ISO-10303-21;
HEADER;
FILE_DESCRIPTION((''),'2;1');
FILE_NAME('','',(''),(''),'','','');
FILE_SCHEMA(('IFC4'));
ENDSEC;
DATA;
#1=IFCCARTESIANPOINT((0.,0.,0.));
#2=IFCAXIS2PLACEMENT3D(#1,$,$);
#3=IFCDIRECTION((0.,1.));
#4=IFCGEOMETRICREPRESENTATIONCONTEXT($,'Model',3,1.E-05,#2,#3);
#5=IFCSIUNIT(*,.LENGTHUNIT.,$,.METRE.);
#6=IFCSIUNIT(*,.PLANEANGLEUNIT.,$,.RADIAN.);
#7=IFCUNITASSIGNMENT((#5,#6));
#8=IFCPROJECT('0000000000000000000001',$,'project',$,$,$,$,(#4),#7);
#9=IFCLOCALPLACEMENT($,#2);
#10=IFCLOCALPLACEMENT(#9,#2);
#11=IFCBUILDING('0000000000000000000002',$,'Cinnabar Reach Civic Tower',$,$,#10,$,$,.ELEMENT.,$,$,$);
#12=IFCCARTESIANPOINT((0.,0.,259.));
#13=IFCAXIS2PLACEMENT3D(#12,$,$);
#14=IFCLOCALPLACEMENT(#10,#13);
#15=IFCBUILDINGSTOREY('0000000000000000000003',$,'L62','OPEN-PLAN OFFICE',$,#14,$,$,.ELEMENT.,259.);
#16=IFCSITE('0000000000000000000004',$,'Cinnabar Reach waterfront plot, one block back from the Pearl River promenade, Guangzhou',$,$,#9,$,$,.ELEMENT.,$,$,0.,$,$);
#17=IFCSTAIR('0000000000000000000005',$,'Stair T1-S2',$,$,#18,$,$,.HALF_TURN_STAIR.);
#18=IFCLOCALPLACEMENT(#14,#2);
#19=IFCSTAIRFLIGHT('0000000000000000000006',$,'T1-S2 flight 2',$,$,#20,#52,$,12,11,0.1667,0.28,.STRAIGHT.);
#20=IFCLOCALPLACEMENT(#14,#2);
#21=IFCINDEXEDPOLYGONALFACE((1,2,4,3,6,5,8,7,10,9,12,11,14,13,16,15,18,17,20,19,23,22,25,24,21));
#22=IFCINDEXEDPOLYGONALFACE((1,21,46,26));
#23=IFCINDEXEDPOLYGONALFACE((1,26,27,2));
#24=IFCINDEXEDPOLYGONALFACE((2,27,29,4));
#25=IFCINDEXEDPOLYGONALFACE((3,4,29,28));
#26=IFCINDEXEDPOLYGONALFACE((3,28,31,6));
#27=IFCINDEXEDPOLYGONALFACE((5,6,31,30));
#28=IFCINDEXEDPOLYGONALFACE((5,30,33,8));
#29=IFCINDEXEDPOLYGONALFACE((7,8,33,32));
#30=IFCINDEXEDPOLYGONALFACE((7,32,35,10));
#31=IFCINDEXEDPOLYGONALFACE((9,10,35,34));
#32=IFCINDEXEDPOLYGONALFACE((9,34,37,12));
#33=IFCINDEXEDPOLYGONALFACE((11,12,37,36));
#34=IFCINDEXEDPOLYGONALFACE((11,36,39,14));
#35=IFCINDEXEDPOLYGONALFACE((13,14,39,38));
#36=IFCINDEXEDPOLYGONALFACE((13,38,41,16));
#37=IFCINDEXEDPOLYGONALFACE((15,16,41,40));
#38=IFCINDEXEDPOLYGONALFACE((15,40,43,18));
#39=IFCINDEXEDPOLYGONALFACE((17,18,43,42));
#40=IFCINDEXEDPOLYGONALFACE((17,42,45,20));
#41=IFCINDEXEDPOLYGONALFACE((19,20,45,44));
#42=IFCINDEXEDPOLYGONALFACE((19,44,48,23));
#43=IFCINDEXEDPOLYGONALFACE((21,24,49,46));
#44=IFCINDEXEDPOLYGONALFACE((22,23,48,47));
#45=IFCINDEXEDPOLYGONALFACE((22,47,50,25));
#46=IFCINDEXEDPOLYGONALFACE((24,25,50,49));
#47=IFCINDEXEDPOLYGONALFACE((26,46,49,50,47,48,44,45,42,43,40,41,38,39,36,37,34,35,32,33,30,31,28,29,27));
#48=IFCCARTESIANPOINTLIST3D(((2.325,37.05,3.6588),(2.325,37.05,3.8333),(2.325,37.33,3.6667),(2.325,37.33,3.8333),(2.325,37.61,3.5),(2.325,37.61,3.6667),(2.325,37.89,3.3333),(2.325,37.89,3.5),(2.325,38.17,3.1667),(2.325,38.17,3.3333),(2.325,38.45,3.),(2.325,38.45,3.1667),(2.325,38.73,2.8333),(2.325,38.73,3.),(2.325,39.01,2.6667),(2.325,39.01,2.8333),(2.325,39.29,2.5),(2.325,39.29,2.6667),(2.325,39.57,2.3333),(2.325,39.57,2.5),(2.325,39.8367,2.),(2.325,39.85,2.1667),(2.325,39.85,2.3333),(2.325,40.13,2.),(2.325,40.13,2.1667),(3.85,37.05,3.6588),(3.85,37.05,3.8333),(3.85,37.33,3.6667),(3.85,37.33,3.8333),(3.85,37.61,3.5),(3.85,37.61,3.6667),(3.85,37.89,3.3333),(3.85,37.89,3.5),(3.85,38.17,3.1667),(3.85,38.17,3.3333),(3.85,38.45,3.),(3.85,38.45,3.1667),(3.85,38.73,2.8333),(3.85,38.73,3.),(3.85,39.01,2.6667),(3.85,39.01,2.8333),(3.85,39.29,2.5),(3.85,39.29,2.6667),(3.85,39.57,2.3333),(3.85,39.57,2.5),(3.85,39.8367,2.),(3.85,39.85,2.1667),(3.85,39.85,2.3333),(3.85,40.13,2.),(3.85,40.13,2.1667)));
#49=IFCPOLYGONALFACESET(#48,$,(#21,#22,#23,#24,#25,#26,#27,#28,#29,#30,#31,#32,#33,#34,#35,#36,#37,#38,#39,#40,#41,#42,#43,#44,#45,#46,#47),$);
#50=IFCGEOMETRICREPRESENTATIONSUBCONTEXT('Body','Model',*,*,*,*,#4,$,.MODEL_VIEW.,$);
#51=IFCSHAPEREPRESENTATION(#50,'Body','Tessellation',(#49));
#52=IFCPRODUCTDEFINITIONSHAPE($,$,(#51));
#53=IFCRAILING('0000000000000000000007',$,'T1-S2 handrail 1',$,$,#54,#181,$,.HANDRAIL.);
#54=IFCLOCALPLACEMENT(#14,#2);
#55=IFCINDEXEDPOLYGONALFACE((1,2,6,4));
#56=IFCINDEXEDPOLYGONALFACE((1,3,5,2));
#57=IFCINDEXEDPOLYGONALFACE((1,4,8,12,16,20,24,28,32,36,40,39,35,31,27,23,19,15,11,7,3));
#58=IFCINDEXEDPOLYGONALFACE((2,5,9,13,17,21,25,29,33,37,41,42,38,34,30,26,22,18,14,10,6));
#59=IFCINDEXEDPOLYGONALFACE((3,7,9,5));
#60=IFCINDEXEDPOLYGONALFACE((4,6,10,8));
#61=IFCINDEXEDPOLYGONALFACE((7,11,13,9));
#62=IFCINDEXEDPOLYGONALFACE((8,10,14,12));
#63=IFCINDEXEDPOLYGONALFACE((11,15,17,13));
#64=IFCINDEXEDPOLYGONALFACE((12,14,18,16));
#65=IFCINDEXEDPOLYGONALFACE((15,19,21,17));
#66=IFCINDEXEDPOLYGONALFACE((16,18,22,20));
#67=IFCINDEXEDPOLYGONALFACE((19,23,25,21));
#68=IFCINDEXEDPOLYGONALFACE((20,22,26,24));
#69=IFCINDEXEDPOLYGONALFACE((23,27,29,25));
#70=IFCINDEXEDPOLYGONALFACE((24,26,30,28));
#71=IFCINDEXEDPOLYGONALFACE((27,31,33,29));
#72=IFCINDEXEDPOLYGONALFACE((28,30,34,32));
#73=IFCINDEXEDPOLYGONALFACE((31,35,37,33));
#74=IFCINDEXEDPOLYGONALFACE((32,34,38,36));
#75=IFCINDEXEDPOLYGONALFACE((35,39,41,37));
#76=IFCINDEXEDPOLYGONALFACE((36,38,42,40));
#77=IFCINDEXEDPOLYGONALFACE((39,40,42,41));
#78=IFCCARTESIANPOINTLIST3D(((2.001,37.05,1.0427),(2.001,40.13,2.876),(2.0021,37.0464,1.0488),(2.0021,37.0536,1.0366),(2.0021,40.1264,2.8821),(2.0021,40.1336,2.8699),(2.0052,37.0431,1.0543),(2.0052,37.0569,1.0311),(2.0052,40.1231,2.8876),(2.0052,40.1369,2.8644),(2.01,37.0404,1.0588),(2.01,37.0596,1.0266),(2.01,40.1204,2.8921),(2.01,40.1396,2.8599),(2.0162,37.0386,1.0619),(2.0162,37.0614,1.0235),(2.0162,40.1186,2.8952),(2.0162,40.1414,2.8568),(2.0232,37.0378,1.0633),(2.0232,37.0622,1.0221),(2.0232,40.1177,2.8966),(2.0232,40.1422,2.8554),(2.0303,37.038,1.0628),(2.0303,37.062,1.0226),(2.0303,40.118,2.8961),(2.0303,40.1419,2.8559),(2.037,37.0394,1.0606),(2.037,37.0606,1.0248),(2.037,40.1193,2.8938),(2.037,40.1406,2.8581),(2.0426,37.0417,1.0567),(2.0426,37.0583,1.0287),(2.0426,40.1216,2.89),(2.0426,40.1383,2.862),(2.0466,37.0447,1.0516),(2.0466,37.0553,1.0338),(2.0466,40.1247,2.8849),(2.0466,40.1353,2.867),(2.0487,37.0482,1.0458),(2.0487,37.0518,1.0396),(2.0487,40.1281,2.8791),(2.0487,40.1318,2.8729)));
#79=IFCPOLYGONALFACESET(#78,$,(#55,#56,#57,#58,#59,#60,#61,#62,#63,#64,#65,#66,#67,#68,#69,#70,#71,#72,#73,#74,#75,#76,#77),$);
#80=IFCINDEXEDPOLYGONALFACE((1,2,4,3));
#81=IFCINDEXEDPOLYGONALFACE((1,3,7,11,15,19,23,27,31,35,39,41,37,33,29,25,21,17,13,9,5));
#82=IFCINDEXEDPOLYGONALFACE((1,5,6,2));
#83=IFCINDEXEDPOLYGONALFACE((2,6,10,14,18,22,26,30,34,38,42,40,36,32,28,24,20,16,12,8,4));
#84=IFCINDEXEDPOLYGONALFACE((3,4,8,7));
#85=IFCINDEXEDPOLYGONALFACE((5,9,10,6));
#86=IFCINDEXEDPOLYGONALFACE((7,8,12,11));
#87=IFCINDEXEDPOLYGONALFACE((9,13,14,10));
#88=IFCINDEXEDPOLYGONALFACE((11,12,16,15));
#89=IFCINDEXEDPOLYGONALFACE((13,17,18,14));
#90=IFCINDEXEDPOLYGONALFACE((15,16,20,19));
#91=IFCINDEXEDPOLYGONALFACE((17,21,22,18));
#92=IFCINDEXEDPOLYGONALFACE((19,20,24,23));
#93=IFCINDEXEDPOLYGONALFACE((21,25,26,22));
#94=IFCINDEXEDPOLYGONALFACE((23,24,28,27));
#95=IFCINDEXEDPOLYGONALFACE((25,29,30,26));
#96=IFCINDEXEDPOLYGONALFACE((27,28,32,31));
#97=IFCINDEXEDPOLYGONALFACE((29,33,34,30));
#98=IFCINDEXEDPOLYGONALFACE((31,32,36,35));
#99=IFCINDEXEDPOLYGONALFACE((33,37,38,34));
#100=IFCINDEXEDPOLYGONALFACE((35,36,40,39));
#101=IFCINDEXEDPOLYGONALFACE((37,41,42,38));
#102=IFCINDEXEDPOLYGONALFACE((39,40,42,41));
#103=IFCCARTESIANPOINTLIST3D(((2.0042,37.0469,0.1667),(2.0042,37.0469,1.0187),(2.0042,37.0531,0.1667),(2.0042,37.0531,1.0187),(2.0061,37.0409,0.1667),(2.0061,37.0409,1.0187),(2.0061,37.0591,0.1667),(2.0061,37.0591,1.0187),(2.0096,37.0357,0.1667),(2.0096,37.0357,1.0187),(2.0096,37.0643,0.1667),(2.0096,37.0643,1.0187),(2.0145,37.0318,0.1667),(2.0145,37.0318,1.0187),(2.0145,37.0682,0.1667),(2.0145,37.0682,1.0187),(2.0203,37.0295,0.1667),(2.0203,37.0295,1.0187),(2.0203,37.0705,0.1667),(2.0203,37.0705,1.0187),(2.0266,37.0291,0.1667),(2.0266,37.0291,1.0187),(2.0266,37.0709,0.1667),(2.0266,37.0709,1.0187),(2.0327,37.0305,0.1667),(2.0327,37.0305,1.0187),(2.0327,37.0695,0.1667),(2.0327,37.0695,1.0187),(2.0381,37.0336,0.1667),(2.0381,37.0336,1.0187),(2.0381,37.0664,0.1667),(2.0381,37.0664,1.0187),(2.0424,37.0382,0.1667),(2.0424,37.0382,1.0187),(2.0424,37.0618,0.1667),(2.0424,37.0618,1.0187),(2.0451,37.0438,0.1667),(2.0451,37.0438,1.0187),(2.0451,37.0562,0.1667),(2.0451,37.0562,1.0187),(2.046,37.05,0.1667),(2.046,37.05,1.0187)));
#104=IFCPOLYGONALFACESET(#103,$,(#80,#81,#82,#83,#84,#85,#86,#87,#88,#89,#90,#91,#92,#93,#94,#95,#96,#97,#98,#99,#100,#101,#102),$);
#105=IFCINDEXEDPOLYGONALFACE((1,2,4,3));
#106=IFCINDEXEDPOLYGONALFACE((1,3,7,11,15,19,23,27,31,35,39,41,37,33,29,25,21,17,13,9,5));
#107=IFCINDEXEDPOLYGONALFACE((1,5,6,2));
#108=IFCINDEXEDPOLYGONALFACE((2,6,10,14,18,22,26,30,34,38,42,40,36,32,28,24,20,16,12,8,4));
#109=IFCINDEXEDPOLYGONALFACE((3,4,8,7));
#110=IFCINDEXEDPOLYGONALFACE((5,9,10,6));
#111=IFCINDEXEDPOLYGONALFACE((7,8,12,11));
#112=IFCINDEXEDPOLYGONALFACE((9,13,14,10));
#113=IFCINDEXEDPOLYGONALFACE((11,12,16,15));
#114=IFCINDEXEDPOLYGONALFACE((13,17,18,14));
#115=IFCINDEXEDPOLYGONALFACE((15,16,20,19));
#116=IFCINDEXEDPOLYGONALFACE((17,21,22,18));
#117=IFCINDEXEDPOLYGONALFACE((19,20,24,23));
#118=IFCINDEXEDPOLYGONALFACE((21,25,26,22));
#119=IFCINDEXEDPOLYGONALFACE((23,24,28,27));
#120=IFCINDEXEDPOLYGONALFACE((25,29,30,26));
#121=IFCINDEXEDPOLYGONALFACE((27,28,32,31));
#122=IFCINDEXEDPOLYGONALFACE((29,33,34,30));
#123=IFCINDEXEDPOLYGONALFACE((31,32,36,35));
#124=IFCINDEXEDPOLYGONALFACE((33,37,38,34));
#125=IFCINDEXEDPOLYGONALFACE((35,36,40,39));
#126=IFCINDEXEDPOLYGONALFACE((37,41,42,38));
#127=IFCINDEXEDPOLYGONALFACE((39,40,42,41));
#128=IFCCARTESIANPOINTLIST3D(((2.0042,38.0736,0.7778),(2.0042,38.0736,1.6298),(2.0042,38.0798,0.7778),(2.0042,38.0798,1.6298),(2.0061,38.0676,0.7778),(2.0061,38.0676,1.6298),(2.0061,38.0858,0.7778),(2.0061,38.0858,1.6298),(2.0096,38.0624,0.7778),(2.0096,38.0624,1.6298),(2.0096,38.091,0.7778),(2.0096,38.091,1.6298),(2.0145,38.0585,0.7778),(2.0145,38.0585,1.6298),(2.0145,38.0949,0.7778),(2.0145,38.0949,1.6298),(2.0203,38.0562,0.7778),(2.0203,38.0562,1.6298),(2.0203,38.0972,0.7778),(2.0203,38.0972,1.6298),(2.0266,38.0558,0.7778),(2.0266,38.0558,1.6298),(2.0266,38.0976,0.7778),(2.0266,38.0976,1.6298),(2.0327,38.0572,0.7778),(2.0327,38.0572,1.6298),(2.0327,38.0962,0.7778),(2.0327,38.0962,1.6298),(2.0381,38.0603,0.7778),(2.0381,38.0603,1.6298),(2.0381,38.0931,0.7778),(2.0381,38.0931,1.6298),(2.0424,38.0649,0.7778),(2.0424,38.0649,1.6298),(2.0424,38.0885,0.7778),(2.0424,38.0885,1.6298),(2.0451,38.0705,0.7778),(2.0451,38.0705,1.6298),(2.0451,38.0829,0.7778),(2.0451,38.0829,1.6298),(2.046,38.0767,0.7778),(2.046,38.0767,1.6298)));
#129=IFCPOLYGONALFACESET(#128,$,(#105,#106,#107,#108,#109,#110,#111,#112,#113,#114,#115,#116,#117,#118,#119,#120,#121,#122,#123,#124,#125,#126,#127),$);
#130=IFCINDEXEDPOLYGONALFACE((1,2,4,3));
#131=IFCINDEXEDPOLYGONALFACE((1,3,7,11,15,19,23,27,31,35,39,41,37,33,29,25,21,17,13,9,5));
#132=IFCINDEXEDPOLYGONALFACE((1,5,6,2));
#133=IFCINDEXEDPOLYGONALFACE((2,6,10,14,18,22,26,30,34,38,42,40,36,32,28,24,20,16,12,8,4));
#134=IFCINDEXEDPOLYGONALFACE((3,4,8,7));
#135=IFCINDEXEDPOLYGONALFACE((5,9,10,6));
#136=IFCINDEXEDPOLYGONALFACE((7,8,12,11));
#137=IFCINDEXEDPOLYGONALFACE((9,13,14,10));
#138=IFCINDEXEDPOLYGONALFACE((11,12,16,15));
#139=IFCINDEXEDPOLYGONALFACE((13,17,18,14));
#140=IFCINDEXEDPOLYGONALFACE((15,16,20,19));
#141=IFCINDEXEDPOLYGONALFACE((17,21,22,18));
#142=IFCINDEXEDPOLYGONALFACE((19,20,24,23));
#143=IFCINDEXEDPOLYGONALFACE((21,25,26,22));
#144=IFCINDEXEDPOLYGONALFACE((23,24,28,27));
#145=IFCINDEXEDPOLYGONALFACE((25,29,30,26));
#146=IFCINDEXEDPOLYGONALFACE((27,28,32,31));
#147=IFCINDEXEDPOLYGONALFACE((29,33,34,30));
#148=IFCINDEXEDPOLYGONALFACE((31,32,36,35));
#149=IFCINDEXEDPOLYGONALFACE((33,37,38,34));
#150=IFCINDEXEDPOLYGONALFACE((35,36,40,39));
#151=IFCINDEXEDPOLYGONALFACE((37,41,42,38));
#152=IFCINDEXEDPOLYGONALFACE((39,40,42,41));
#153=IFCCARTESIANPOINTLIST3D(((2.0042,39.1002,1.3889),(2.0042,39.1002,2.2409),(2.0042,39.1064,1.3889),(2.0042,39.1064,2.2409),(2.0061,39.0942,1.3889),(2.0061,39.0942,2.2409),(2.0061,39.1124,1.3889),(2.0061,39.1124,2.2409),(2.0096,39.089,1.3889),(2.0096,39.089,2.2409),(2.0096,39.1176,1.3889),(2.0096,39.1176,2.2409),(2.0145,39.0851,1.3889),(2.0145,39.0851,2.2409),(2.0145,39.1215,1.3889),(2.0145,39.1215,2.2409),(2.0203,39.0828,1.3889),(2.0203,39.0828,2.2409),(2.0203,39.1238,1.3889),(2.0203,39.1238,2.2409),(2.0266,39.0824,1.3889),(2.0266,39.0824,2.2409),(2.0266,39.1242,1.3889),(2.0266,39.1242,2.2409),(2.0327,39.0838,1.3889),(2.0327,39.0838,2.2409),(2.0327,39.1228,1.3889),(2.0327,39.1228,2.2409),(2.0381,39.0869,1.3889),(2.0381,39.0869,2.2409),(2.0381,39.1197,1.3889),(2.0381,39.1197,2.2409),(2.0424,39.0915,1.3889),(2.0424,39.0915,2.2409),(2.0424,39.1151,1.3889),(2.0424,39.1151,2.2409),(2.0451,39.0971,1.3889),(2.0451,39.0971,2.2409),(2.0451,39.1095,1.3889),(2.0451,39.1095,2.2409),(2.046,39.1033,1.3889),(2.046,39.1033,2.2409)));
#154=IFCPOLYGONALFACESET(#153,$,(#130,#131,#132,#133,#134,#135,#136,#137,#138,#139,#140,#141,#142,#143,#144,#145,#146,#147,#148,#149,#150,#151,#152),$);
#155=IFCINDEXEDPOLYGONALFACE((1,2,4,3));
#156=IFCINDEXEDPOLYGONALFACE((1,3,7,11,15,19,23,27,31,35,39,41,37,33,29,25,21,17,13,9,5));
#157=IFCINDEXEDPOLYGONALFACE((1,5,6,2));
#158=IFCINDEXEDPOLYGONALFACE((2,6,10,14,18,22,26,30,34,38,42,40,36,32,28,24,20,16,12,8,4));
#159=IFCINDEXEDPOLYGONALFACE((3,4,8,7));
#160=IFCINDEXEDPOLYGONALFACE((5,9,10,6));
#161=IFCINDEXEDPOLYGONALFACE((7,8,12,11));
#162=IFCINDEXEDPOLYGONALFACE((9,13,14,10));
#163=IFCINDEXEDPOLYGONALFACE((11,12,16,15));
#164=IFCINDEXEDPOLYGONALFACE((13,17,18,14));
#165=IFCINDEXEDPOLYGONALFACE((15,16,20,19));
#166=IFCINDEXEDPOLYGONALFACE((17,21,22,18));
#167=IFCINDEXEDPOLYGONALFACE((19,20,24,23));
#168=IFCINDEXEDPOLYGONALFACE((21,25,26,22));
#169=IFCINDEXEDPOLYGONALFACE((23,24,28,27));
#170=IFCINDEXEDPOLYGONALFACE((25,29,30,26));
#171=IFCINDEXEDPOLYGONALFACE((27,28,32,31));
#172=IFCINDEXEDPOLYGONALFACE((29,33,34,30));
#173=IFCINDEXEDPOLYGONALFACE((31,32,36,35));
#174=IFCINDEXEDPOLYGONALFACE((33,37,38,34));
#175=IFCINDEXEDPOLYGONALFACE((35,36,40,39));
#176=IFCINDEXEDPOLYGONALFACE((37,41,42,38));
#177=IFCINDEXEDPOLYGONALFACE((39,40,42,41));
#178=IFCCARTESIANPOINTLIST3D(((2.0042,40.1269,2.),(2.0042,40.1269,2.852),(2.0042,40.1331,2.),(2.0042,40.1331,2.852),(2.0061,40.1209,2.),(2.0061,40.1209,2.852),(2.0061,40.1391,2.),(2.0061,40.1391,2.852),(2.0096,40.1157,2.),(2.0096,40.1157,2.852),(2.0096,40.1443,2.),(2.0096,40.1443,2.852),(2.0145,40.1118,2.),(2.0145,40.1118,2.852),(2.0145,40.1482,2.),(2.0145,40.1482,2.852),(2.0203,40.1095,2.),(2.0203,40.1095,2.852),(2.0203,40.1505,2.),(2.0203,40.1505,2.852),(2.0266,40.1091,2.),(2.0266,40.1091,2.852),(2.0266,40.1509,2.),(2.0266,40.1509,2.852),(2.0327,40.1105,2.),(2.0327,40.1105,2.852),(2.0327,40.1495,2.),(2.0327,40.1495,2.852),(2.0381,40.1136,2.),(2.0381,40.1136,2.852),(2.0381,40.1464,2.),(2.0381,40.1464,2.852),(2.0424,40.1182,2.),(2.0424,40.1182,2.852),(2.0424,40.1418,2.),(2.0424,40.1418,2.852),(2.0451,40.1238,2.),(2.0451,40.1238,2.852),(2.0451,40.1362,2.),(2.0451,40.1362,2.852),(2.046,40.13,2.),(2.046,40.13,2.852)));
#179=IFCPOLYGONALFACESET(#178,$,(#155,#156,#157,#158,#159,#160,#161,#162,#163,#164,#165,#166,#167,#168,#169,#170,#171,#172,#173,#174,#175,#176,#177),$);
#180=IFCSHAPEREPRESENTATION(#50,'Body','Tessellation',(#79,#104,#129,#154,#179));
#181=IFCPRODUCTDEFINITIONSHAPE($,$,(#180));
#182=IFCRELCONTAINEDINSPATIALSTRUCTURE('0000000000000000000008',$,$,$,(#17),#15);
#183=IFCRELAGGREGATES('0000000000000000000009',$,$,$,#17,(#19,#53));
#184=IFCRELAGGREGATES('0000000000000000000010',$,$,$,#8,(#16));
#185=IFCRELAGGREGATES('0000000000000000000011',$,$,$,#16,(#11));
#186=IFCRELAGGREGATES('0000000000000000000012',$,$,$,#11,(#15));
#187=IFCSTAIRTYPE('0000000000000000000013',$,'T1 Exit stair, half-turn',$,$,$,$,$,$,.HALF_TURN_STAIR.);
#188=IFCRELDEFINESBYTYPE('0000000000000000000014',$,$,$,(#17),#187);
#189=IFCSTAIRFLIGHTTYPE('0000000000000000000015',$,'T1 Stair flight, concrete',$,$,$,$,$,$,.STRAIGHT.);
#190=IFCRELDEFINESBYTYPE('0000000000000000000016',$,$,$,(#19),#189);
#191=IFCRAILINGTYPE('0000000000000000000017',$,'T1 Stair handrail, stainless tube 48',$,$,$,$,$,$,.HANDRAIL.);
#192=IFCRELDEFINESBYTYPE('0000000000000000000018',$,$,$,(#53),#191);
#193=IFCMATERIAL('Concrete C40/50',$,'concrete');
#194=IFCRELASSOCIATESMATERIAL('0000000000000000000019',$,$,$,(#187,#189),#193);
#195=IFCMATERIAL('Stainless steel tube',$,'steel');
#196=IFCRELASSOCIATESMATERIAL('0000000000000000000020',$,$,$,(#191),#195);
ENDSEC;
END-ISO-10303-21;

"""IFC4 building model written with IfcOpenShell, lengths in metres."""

from ifc_helpers import new_model, si_unit, direction, frame, origin, origin_2d, place, context, subcontext, project, spatial, polyline, circle, outline, extrude, material, type_object, element, aggregate, save


model = new_model("IFC4")

# Units and contexts
model_context = context("Model", 3, precision=1e-05, world=origin(), true_north=direction((0.0, 1.0)))
body_context = subcontext(model_context, "Body", "Model", "MODEL_VIEW")
ifc_project = project(units=[si_unit("LENGTHUNIT", "METRE"), si_unit("PLANEANGLEUNIT", "RADIAN")], contexts=[model_context])

# Site, building, storey
site_placement = place(None, origin())
site = spatial("IfcSite", under=ifc_project, at=site_placement, Name="Cinnabar Reach waterfront plot, one block back from the Pearl River promenade, Guangzhou", CompositionType="ELEMENT", RefElevation=0.0)
building_placement = place(site_placement, origin())
building = spatial("IfcBuilding", under=site, at=building_placement, Name="Cinnabar Reach Civic Tower", CompositionType="ELEMENT")
storey_placement = place(building_placement, frame((0.0, 0.0, 259.0)))
storey = spatial("IfcBuildingStorey", under=building, at=storey_placement, Name="L62", Description="OPEN-PLAN OFFICE", CompositionType="ELEMENT", Elevation=259.0)

# Shared definitions
ifc_material_1 = material(Name="Concrete C40/50", Category="concrete")

# Stair, stair flight, railing
stair_type = type_object("IfcStairType", Name="T1 Exit stair, half-turn", PredefinedType="HALF_TURN_STAIR", material=ifc_material_1)
stair_placement = place(storey_placement, origin())
stair = element("IfcStair", 1, at=stair_placement, inside=storey, type_object=stair_type, Name="Stair T1-S2", PredefinedType="HALF_TURN_STAIR")
stair_flight_type = type_object("IfcStairFlightType", Name="T1 Stair flight, concrete", PredefinedType="STRAIGHT", material=ifc_material_1)
stair_flight_1_placement = place(storey_placement, frame((3.0875, 40.13, 2.0), z_axis=(0.0, 0.0, 1.0), x_axis=(0.0, -1.0, 0.0)))
stair_flight_1 = element("IfcStairFlight", 2, at=stair_flight_1_placement, type_object=stair_flight_type, Name="T1-S2 flight 2", NumberOfRisers=12, NumberOfTreads=11, PredefinedType="STRAIGHT", RiserHeight=0.1667, TreadLength=0.28, context=body_context, shape_type="SweptSolid", body=[
    extrude(outline(polyline([(0.0, 0.0), (0.0, 0.1667), (0.28, 0.1667), (0.28, 0.3333), (0.56, 0.3333), (0.56, 0.5), (0.84, 0.5), (0.84, 0.6667), (1.12, 0.6667), (1.12, 0.8333), (1.4, 0.8333), (1.4, 1.0), (1.68, 1.0), (1.68, 1.1667), (1.96, 1.1667), (1.96, 1.3333), (2.24, 1.3333), (2.24, 1.5), (2.52, 1.5), (2.52, 1.6667), (2.8, 1.6667), (2.8, 1.8333), (3.08, 1.8333), (3.08, 2.0), (3.08, 1.6588), (0.2933, 0.0), (0.0, 0.0)])), frame((0.0, 0.7625, 0.0), z_axis=(0.0, -1.0, 0.0), x_axis=(1.0, 0.0, 0.0)), (0.0, 0.0, 1.0), 1.525),
])
ifc_material_2 = material(Name="Stainless steel tube", Category="steel")
railing_type = type_object("IfcRailingType", Name="T1 Stair handrail, stainless tube 48", PredefinedType="HANDRAIL", material=ifc_material_2)
railing_1_placement = place(storey_placement, frame((2.025, 37.05, 0.1667)))
railing_1 = element("IfcRailing", 3, at=railing_1_placement, type_object=railing_type, Name="T1-S2 handrail 1", PredefinedType="HANDRAIL", context=body_context, shape_type="SweptSolid", body=[
    extrude(circle(Radius=0.024, at=origin_2d()), frame((0.0, 0.0, 0.876), z_axis=(0.0, 0.859297, 0.511477), x_axis=(-1.0, 0.0, 0.0)), (0.0, 0.0, 1.0), 3.5843),
    extrude(circle(Radius=0.021, at=origin_2d()), origin(), (0.0, 0.0, 1.0), 0.852),
    extrude(circle(Radius=0.021, at=origin_2d()), frame((0.0, 1.0267, 0.6111)), (0.0, 0.0, 1.0), 0.852),
    extrude(circle(Radius=0.021, at=origin_2d()), frame((0.0, 2.0533, 1.2222)), (0.0, 0.0, 1.0), 0.852),
    extrude(circle(Radius=0.021, at=origin_2d()), frame((0.0, 3.08, 1.8333)), (0.0, 0.0, 1.0), 0.852),
])
aggregate(stair, [stair_flight_1, railing_1])

save(model, "model.ifc")
